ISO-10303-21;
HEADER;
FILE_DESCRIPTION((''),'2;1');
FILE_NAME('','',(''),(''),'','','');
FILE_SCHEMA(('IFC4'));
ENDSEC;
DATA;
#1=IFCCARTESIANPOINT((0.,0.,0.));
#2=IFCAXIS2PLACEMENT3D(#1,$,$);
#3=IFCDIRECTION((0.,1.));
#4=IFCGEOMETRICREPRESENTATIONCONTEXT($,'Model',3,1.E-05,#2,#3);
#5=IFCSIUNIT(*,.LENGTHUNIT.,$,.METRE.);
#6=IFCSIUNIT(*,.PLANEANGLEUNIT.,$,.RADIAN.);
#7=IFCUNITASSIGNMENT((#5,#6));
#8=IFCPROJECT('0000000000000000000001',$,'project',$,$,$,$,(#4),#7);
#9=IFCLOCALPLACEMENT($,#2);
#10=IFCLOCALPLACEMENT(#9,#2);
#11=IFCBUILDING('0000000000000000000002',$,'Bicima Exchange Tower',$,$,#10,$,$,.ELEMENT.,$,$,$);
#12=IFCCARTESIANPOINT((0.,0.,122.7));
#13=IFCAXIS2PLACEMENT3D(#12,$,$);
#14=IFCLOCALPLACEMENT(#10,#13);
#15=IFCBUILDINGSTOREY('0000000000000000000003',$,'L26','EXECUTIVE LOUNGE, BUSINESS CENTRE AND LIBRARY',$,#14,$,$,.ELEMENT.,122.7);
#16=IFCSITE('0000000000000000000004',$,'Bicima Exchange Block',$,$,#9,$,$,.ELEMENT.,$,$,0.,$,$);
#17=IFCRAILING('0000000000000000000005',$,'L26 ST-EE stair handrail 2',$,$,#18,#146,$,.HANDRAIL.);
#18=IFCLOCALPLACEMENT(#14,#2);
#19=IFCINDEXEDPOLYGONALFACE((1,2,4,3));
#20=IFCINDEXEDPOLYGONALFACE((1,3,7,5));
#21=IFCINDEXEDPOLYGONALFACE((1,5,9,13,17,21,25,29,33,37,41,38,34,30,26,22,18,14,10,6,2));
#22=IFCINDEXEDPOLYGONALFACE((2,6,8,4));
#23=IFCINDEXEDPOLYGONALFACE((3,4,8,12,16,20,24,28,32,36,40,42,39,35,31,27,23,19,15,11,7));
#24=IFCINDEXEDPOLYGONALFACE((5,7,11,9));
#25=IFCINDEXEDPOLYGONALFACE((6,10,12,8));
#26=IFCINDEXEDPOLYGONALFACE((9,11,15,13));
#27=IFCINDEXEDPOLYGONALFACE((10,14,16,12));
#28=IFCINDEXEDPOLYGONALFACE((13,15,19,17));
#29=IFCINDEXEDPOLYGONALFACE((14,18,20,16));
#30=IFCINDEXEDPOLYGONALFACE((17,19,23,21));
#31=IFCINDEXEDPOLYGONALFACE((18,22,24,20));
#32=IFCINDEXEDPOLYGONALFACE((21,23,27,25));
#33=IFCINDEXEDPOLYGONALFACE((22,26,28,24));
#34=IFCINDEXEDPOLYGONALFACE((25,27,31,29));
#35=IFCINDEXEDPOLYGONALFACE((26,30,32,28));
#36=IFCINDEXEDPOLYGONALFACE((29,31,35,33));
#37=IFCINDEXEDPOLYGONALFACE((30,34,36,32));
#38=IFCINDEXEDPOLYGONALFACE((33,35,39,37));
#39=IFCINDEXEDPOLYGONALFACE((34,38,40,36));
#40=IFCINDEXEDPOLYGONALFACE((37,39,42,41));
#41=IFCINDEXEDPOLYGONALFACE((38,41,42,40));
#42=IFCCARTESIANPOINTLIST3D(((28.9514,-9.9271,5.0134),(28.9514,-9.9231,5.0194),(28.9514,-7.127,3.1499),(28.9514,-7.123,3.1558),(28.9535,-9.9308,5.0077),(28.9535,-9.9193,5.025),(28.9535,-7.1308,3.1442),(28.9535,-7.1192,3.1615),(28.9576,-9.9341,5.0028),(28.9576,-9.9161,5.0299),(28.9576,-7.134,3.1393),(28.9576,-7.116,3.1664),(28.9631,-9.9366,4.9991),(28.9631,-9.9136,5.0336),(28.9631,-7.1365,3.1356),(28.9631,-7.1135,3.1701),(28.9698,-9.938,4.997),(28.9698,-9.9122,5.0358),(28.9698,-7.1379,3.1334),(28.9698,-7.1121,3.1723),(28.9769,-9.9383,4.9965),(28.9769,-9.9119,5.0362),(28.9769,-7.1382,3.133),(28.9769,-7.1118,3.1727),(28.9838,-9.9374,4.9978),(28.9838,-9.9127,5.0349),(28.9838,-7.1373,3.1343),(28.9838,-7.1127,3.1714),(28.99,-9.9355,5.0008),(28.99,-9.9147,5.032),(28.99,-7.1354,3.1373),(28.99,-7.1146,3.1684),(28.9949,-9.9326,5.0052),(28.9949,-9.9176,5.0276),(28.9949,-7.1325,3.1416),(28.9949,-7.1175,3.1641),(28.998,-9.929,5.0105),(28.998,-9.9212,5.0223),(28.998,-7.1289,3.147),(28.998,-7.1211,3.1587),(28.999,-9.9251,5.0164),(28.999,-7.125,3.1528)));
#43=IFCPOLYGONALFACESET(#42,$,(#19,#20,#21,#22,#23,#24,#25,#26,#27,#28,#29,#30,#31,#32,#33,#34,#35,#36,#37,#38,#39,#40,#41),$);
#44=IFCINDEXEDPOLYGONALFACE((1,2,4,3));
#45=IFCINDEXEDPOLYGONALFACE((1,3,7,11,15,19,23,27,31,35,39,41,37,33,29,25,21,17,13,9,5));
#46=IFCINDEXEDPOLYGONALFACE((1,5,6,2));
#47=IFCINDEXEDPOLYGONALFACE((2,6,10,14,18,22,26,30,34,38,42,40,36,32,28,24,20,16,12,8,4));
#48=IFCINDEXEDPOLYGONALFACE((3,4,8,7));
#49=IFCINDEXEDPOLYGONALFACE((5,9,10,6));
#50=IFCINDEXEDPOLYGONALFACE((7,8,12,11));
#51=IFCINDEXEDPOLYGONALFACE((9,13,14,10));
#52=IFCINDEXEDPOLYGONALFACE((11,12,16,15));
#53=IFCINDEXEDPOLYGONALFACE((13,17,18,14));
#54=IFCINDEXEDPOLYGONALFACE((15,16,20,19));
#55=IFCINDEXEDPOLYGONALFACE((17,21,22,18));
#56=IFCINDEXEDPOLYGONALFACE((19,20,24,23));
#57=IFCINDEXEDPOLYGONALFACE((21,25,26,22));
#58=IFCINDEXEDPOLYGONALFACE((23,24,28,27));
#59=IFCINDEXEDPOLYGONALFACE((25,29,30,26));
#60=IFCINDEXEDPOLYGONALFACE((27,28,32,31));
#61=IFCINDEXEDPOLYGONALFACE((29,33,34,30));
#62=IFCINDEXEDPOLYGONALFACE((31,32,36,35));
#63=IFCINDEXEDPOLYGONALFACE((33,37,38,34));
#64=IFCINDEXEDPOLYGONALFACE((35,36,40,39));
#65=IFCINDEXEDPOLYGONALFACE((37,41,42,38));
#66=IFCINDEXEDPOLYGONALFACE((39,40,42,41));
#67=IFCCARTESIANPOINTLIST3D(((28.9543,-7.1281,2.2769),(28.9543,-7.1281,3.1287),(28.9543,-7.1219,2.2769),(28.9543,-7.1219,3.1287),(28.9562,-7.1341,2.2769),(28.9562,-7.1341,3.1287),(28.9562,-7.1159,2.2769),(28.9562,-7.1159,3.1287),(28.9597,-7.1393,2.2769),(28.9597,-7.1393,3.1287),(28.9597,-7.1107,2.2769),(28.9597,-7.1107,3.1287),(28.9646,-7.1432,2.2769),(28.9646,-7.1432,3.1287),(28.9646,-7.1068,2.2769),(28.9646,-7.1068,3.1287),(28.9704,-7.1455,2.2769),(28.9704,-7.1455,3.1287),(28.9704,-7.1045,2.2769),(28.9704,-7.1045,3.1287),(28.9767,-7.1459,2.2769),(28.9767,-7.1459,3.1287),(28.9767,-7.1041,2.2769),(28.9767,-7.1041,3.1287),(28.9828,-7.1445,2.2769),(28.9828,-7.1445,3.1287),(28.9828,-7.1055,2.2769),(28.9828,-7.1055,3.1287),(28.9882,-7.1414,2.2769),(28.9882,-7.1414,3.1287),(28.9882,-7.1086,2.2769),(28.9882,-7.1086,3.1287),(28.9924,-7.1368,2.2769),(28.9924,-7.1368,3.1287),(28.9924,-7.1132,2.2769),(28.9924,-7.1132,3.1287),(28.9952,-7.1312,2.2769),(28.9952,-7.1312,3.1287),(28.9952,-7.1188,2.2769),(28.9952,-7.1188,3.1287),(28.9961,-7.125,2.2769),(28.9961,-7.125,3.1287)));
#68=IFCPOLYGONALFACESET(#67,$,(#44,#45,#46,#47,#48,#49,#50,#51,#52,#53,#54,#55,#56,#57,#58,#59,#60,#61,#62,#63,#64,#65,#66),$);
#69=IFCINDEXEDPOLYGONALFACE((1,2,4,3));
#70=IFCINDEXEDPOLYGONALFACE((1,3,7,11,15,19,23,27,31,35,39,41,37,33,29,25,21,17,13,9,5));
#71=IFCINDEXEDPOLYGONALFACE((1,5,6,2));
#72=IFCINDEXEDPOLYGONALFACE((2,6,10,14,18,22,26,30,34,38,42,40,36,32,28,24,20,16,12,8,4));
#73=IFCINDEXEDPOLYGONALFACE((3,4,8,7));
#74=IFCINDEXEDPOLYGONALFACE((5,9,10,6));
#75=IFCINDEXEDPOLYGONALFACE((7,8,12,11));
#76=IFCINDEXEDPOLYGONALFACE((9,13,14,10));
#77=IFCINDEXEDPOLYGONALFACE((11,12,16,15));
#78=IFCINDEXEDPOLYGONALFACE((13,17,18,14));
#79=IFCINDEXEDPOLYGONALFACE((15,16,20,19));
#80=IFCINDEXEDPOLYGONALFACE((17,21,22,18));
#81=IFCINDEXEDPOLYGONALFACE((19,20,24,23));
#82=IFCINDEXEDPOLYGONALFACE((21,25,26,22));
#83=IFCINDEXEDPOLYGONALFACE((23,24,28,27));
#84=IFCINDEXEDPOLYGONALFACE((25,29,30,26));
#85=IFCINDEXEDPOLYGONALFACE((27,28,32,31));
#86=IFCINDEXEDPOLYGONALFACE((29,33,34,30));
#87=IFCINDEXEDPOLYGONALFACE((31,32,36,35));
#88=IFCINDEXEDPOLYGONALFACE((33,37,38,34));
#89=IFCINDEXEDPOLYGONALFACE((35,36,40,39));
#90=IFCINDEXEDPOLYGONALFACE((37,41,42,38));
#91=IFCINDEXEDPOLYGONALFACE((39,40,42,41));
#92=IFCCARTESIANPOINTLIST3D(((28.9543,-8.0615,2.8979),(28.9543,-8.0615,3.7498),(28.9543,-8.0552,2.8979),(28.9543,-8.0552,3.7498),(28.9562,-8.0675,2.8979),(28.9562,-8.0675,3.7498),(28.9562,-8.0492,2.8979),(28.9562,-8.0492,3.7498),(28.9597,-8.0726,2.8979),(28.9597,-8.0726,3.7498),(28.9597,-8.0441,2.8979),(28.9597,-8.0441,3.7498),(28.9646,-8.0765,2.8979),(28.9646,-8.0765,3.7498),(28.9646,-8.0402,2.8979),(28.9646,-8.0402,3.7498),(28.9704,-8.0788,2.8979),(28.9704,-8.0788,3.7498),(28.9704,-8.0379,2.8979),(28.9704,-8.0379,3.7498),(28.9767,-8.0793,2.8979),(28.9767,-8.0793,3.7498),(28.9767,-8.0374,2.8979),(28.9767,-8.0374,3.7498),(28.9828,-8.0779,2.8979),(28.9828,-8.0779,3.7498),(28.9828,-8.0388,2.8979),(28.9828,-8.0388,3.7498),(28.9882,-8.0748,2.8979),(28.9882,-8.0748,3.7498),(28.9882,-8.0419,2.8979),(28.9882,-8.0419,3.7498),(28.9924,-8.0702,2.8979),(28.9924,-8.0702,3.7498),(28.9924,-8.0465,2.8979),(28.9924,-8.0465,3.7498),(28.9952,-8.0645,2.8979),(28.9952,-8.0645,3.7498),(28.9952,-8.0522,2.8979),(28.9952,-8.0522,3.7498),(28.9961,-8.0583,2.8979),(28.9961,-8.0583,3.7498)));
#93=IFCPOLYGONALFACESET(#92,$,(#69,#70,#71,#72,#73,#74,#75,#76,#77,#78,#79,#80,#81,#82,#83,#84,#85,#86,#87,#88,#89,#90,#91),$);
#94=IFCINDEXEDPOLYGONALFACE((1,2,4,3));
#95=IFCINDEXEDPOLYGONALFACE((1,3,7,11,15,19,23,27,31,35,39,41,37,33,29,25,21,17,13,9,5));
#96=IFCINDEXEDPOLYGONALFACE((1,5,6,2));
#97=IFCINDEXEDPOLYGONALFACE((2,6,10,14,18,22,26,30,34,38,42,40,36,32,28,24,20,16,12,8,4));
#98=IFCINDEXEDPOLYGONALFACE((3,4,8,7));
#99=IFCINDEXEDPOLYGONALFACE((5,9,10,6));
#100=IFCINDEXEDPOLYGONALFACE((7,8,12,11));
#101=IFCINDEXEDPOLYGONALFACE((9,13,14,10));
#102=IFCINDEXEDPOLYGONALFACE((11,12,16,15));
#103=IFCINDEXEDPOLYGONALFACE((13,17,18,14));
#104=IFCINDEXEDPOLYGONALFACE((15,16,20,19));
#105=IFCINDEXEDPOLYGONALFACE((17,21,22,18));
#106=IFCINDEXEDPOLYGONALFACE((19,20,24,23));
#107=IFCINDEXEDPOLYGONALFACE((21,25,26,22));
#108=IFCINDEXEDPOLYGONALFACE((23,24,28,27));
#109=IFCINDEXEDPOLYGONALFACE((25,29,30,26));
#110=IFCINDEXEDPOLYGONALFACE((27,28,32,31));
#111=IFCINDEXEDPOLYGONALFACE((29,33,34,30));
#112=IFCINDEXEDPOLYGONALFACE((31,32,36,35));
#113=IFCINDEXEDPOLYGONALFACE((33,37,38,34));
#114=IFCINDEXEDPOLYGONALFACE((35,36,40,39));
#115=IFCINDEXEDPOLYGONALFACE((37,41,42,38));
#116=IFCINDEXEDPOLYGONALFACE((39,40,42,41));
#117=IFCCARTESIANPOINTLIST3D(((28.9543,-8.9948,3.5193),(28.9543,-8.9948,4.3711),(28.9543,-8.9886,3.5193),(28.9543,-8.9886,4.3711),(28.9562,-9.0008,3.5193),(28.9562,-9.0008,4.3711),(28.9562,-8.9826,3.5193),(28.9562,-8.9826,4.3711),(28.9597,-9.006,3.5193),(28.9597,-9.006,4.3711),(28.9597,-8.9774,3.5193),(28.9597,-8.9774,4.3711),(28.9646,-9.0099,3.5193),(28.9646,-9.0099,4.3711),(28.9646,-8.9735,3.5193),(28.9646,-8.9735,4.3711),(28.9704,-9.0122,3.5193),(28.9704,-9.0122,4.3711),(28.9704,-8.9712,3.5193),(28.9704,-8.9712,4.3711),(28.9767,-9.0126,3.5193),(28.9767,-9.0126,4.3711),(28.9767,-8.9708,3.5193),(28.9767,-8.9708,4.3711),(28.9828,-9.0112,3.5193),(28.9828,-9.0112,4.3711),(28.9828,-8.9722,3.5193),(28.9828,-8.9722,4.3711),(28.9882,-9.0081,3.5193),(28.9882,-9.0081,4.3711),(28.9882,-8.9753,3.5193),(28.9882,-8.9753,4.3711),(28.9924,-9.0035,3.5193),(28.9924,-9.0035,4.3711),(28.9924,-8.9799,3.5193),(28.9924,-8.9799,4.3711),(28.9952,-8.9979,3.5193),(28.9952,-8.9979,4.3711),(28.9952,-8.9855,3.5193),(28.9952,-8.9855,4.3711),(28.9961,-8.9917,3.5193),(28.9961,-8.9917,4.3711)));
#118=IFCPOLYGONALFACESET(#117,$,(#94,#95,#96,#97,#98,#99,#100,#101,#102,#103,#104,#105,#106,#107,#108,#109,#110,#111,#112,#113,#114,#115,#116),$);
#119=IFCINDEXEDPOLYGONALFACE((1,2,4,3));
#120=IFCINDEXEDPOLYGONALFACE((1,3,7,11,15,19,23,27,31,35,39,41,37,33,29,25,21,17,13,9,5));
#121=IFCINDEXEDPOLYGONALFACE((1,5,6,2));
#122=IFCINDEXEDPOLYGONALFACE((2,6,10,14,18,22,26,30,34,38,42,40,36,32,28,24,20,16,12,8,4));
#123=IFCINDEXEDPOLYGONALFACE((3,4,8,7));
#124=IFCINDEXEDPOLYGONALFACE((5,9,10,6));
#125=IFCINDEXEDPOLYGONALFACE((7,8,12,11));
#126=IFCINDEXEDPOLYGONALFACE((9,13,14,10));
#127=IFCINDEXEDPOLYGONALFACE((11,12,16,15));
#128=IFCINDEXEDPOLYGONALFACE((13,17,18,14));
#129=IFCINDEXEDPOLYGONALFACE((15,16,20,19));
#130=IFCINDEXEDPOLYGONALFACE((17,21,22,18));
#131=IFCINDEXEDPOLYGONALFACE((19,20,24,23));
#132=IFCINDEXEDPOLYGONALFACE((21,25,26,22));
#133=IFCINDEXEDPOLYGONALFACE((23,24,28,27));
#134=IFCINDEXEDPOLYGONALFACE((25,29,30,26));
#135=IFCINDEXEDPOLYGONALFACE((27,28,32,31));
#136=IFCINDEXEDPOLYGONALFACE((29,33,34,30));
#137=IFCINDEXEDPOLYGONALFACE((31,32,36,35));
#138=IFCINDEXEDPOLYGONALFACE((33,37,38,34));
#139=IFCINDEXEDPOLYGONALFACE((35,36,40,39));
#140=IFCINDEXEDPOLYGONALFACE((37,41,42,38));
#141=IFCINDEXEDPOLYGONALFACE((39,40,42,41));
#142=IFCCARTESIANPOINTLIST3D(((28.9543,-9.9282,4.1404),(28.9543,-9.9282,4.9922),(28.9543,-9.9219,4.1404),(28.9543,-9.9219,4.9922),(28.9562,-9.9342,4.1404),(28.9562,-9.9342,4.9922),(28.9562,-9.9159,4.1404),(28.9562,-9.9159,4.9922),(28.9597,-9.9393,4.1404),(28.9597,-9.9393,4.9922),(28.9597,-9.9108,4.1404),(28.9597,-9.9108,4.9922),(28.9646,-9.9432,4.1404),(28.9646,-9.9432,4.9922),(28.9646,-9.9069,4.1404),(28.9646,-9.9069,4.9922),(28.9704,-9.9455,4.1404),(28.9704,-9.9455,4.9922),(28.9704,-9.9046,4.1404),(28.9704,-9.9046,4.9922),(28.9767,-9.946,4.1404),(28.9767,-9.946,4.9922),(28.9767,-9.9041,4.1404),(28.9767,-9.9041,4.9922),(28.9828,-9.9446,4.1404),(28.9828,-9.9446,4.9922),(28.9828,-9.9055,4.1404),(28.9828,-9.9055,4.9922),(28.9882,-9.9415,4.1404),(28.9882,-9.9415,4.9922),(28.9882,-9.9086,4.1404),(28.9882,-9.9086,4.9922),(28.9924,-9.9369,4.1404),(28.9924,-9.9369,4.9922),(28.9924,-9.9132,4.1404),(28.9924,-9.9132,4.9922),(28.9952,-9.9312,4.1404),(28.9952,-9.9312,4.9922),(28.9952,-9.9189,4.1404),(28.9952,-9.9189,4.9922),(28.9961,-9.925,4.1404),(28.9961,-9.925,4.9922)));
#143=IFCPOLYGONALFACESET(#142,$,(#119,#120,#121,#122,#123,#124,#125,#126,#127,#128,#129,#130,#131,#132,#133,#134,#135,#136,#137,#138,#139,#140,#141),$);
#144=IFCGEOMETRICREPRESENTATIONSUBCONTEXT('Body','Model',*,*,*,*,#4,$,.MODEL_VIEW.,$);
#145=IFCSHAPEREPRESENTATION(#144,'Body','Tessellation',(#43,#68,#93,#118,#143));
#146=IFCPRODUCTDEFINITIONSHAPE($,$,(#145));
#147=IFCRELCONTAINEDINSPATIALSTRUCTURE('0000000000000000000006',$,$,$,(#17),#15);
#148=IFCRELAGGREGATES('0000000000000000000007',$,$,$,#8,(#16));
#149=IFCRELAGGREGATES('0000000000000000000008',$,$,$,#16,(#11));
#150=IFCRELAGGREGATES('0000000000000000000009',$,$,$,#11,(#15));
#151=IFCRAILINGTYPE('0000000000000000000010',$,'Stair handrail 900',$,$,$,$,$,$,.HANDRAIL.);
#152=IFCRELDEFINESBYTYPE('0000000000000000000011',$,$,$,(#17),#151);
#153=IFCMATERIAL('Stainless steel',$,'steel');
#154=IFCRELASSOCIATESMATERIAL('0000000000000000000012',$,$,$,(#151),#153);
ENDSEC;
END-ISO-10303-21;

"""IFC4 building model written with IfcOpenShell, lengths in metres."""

from ifc_helpers import new_model, si_unit, direction, frame, origin, origin_2d, place, context, subcontext, project, spatial, circle, extrude, material, type_object, element, save


model = new_model("IFC4")

# Units and contexts
model_context = context("Model", 3, precision=1e-05, world=origin(), true_north=direction((0.0, 1.0)))
body_context = subcontext(model_context, "Body", "Model", "MODEL_VIEW")
ifc_project = project(units=[si_unit("LENGTHUNIT", "METRE"), si_unit("PLANEANGLEUNIT", "RADIAN")], contexts=[model_context])

# Site, building, storey
site_placement = place(None, origin())
site = spatial("IfcSite", under=ifc_project, at=site_placement, Name="Bicima Exchange Block", CompositionType="ELEMENT", RefElevation=0.0)
building_placement = place(site_placement, origin())
building = spatial("IfcBuilding", under=site, at=building_placement, Name="Bicima Exchange Tower", CompositionType="ELEMENT")
storey_placement = place(building_placement, frame((0.0, 0.0, 122.7)))
storey = spatial("IfcBuildingStorey", under=building, at=storey_placement, Name="L26", Description="EXECUTIVE LOUNGE, BUSINESS CENTRE AND LIBRARY", CompositionType="ELEMENT", Elevation=122.7)

# Railing
ifc_material_1 = material(Name="Stainless steel", Category="steel")
railing_type = type_object("IfcRailingType", Name="Stair handrail 900", PredefinedType="HANDRAIL", material=ifc_material_1)
railing_1_placement = place(storey_placement, frame((28.9751, -7.125, 2.2769)))
element("IfcRailing", 1, at=railing_1_placement, inside=storey, type_object=railing_type, Name="L26 ST-EE stair handrail 2", PredefinedType="HANDRAIL", context=body_context, shape_type="SweptSolid", body=[
    extrude(circle(Radius=0.0239, at=origin_2d()), frame((0.0, 0.0, 0.876), z_axis=(0.0, -0.832486, 0.554047), x_axis=(1.0, 0.0, 0.0)), (0.0, 0.0, 1.0), 3.3635),
    extrude(circle(Radius=0.021, at=origin_2d()), origin(), (0.0, 0.0, 1.0), 0.8518),
    extrude(circle(Radius=0.021, at=origin_2d()), frame((0.0, -0.9333, 0.6211)), (0.0, 0.0, 1.0), 0.8518),
    extrude(circle(Radius=0.021, at=origin_2d()), frame((0.0, -1.8667, 1.2424)), (0.0, 0.0, 1.0), 0.8518),
    extrude(circle(Radius=0.021, at=origin_2d()), frame((0.0, -2.8, 1.8635)), (0.0, 0.0, 1.0), 0.8518),
])

save(model, "model.ifc")
